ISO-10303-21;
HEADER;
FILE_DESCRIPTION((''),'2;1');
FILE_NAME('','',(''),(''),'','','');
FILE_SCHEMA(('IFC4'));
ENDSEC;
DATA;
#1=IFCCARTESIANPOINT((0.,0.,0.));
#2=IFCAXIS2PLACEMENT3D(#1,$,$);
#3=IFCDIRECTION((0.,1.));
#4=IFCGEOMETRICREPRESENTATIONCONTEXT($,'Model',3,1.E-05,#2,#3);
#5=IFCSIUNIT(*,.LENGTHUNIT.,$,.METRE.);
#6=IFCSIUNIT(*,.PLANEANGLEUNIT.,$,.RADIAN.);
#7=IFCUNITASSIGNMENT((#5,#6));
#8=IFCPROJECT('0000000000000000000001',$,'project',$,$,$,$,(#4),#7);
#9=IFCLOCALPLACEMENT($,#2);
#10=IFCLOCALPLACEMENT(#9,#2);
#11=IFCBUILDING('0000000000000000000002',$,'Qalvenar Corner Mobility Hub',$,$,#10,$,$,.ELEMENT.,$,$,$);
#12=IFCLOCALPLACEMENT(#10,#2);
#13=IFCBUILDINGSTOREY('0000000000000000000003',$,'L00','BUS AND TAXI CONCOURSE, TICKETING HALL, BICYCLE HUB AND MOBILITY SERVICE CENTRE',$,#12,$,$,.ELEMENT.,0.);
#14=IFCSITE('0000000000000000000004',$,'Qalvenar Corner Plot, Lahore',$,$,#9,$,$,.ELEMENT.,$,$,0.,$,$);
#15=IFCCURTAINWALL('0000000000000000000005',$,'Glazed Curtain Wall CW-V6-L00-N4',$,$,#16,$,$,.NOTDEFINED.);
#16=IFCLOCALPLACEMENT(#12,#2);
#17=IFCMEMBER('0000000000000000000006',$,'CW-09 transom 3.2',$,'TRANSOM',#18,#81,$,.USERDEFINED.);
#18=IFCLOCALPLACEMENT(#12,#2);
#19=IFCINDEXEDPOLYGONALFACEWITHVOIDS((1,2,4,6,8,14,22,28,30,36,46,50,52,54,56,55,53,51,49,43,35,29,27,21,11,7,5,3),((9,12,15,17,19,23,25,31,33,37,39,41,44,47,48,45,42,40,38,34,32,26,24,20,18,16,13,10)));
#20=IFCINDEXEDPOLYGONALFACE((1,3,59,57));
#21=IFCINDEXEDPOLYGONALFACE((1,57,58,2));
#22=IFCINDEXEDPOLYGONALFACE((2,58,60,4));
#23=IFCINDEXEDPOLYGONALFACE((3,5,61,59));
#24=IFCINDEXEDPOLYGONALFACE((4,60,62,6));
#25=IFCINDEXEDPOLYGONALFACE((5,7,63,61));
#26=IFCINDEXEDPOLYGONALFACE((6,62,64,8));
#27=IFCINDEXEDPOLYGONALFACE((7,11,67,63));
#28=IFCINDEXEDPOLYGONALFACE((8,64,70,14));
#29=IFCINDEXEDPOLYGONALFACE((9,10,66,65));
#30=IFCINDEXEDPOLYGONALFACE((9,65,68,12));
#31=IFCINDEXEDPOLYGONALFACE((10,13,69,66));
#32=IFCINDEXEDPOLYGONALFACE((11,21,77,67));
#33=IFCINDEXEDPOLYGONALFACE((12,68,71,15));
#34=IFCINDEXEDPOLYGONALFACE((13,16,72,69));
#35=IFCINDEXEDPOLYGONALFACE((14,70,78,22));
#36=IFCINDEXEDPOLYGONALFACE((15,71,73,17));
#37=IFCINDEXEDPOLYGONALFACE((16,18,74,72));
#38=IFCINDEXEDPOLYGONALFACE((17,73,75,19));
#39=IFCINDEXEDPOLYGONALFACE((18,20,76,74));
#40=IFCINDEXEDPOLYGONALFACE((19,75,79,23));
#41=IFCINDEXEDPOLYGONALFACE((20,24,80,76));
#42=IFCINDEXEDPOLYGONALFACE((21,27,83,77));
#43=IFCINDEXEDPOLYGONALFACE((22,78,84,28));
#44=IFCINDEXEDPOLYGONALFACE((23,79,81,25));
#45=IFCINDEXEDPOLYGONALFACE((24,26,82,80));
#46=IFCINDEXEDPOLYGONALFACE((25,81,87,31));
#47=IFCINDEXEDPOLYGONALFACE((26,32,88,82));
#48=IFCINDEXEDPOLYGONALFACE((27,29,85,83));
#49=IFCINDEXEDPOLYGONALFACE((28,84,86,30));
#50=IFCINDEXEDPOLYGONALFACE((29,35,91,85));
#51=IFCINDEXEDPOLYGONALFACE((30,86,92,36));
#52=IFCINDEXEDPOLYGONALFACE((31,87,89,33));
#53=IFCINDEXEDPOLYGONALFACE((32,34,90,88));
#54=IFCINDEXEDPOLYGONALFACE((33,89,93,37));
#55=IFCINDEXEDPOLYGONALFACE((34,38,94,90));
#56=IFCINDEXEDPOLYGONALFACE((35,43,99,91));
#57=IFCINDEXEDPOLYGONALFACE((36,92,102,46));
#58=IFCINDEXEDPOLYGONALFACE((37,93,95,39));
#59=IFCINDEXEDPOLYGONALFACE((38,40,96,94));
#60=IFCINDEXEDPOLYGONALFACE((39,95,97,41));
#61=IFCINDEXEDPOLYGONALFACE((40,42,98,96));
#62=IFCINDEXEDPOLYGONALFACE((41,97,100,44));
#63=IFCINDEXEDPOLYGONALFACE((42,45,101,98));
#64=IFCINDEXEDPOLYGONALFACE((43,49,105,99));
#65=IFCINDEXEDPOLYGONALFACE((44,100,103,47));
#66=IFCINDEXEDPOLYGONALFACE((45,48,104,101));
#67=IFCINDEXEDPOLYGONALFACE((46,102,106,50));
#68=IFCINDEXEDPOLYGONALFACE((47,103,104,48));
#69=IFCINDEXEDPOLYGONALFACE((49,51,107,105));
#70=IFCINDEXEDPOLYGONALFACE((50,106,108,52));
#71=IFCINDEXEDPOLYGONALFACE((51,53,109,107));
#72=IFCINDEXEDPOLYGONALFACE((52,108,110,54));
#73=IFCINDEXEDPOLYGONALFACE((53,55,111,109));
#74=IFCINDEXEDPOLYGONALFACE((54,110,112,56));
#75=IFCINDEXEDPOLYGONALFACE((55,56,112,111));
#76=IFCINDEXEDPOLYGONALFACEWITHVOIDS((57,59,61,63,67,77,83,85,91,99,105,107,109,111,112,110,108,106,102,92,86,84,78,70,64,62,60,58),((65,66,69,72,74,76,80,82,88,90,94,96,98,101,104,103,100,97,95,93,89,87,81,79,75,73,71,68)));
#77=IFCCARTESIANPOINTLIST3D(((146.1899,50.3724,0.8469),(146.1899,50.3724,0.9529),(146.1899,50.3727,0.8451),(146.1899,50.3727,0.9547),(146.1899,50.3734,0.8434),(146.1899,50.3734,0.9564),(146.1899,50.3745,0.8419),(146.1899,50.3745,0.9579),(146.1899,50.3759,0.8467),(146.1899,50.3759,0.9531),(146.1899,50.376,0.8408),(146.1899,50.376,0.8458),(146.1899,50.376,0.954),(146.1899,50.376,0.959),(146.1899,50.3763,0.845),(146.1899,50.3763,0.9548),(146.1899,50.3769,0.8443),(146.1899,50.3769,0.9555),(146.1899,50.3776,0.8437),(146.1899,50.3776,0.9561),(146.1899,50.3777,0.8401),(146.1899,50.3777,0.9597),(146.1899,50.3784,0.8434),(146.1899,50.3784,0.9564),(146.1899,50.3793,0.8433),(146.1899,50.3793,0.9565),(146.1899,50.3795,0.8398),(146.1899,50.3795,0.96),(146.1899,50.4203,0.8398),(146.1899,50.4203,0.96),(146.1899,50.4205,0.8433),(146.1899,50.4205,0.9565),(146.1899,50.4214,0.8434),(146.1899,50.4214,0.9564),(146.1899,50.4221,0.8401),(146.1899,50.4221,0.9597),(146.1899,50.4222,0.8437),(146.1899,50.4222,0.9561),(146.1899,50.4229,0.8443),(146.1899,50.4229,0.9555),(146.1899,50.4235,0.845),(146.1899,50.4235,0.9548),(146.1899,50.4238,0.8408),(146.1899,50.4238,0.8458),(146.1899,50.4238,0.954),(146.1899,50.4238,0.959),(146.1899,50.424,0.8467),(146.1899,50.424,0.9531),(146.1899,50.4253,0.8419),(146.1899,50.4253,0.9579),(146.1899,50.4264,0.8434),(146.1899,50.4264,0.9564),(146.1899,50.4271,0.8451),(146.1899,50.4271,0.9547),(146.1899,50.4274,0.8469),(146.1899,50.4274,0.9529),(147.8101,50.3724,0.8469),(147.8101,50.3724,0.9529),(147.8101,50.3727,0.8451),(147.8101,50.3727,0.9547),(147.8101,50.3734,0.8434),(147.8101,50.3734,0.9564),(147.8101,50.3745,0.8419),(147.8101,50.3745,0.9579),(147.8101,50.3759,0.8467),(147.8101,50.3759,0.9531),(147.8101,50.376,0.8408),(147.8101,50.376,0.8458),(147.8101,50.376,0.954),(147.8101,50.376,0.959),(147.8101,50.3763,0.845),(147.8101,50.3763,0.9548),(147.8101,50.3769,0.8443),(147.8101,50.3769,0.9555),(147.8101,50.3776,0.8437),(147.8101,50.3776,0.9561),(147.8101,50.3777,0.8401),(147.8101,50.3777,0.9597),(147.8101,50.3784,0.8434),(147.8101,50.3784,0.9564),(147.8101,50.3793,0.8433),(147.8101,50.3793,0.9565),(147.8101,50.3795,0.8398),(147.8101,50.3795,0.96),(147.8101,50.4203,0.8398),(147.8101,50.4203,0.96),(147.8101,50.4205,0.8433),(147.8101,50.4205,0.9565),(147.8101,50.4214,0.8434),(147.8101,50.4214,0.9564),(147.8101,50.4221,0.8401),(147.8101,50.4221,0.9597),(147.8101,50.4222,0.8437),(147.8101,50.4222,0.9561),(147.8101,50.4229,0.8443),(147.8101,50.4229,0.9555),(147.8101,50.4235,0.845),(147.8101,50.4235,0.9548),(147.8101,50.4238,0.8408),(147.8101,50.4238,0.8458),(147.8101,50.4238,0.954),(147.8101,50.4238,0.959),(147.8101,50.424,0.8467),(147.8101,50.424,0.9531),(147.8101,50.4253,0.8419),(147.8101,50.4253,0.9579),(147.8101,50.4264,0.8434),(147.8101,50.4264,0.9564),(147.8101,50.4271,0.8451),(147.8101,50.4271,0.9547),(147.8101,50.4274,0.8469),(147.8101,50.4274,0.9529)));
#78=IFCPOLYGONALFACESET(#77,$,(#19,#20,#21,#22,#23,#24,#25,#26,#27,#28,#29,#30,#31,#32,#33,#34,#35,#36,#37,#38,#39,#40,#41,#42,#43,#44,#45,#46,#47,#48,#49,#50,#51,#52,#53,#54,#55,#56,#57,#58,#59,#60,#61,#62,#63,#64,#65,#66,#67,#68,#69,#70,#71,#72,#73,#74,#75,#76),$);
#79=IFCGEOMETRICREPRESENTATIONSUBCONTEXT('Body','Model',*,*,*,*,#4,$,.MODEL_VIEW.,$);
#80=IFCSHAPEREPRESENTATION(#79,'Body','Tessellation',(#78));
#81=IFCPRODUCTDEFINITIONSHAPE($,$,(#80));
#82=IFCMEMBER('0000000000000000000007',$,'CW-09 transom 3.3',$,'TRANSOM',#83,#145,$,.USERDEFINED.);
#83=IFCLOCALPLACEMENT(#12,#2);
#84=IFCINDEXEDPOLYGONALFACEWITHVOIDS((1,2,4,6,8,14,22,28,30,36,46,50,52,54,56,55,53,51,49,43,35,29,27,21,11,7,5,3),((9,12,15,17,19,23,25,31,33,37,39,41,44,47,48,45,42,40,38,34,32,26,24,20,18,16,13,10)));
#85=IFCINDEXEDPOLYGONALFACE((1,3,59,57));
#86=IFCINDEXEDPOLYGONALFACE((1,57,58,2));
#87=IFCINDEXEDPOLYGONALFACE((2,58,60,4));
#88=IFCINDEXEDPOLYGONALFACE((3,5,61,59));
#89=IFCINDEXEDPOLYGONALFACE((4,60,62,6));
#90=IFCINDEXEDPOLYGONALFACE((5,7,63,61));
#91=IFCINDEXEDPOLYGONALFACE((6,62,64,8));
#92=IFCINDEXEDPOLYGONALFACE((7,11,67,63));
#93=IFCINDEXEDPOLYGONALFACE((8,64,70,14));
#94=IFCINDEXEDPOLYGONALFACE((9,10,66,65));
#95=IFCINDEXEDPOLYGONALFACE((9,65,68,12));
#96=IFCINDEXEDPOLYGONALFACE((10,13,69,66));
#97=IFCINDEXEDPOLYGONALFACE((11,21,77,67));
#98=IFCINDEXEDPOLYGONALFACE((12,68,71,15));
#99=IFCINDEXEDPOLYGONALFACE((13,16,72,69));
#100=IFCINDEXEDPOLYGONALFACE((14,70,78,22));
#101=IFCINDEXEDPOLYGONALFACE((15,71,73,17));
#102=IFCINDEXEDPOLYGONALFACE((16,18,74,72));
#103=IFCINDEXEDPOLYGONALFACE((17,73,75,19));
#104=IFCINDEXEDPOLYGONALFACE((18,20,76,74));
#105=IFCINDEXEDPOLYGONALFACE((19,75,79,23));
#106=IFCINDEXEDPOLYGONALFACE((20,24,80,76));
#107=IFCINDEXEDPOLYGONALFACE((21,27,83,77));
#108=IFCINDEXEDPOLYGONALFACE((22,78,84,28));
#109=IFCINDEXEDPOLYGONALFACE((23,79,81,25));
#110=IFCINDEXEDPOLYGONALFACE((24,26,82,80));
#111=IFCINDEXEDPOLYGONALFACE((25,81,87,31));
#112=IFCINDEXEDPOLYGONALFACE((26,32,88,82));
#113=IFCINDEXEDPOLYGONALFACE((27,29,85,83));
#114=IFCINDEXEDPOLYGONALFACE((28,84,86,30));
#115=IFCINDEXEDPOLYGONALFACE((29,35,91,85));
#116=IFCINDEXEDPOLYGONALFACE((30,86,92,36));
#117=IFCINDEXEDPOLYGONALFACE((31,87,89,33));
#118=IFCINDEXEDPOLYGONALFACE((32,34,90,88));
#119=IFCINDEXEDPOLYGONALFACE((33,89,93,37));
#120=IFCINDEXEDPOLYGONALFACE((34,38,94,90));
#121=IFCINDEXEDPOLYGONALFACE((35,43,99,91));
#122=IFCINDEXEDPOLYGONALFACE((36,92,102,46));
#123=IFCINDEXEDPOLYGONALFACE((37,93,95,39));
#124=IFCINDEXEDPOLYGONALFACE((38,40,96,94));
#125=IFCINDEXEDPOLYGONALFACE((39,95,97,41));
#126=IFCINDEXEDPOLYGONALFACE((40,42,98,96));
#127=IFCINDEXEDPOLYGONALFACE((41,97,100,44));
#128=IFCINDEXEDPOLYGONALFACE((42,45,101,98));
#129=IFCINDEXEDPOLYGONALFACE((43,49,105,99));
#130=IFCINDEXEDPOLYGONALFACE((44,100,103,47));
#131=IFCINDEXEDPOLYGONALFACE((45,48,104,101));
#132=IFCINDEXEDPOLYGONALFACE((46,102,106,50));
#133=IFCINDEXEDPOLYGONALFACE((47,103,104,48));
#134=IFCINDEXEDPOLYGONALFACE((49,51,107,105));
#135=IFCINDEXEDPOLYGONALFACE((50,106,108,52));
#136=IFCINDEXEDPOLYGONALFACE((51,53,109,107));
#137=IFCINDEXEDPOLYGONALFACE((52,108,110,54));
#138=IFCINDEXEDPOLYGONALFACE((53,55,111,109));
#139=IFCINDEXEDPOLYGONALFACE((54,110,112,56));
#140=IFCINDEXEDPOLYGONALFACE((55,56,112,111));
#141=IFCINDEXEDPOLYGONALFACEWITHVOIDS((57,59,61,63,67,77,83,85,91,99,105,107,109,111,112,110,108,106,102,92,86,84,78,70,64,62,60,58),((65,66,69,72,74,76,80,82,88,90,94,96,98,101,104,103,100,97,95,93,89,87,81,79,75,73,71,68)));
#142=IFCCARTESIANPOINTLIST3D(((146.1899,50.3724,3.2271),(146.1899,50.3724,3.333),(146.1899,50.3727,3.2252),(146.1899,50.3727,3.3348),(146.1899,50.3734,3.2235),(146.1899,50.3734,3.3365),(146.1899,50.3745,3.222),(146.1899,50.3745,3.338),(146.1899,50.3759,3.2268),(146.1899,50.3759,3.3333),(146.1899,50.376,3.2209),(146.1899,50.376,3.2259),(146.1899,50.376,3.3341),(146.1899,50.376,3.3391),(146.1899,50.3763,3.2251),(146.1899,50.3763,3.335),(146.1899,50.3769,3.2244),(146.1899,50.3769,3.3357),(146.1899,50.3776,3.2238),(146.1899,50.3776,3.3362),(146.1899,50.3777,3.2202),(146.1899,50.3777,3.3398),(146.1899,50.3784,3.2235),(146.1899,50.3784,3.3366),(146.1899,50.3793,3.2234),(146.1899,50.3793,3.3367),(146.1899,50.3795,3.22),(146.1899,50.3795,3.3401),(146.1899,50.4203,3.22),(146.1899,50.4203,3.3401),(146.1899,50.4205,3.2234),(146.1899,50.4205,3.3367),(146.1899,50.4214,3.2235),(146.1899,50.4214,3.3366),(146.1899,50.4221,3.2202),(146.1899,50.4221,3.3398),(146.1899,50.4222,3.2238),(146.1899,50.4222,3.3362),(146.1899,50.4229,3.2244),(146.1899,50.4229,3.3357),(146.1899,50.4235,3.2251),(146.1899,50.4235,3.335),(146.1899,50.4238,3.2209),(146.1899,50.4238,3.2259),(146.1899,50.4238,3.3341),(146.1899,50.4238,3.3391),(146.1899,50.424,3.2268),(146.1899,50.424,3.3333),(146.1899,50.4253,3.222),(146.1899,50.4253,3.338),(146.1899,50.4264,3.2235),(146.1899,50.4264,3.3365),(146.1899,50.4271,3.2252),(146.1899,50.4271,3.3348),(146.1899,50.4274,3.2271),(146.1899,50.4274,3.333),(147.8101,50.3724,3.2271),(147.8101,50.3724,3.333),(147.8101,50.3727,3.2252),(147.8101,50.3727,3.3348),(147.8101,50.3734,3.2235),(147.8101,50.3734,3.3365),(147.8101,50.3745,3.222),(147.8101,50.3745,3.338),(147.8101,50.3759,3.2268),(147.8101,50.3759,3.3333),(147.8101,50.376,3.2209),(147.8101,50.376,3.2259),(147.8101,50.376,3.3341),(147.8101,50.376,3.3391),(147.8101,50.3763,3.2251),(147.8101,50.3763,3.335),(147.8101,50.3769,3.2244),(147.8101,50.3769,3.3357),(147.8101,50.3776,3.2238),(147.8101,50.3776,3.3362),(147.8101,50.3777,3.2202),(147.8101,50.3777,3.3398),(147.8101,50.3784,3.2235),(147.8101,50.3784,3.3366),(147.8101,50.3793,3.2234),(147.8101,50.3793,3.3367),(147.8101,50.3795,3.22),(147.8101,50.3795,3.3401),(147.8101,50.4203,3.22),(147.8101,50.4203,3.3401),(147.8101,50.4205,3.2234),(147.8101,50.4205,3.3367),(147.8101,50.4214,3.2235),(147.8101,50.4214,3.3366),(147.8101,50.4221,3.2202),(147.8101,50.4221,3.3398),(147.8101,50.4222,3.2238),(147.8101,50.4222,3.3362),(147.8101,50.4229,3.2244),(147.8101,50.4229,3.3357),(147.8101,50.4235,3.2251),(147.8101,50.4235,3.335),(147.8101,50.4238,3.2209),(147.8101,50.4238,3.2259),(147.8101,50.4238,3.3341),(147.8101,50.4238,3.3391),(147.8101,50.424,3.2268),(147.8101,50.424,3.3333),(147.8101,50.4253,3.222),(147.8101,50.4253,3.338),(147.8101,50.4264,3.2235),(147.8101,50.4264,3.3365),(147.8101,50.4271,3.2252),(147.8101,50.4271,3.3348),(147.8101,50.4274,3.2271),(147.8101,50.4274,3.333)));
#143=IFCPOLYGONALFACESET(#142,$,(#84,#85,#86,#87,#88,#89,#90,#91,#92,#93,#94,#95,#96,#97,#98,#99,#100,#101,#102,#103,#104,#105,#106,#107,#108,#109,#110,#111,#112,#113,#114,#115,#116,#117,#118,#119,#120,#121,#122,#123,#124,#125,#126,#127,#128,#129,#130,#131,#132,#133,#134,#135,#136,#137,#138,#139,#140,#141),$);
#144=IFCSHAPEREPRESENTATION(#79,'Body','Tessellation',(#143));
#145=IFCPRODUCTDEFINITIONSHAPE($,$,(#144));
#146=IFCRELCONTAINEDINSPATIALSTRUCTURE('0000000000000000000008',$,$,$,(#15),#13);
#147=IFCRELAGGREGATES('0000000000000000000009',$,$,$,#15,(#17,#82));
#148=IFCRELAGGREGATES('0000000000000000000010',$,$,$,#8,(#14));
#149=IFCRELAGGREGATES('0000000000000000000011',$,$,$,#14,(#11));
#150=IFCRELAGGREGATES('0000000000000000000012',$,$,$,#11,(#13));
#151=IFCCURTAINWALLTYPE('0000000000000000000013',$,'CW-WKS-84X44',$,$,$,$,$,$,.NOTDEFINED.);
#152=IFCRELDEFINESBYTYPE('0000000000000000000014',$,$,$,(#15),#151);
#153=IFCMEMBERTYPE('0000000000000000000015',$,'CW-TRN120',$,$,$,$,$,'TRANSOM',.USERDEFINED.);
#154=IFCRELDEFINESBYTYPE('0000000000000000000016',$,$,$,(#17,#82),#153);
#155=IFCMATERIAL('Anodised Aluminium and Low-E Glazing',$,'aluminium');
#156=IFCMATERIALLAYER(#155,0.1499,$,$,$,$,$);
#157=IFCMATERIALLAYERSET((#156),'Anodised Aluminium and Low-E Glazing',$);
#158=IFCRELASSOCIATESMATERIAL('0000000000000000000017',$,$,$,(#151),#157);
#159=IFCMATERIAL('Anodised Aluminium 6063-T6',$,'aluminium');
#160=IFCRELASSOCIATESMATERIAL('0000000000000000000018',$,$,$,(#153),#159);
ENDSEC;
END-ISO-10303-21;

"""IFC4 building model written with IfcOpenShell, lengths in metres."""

from ifc_helpers import new_model, si_unit, direction, frame, origin, origin_2d, place, context, subcontext, project, spatial, hollow_rectangle, extrude, material, layer, layer_set, material_profile, profile_set, type_object, element, aggregate, save


model = new_model("IFC4")

# Units and contexts
model_context = context("Model", 3, precision=1e-05, world=origin(), true_north=direction((0.0, 1.0)))
body_context = subcontext(model_context, "Body", "Model", "MODEL_VIEW")
ifc_project = project(units=[si_unit("LENGTHUNIT", "METRE"), si_unit("PLANEANGLEUNIT", "RADIAN")], contexts=[model_context])

# Site, building, storey
site_placement = place(None, origin())
site = spatial("IfcSite", under=ifc_project, at=site_placement, Name="Qalvenar Corner Plot, Lahore", CompositionType="ELEMENT", RefElevation=0.0)
building_placement = place(site_placement, origin())
building = spatial("IfcBuilding", under=site, at=building_placement, Name="Qalvenar Corner Mobility Hub", CompositionType="ELEMENT")
storey_placement = place(building_placement, origin())
storey = spatial("IfcBuildingStorey", under=building, at=storey_placement, Name="L00", Description="BUS AND TAXI CONCOURSE, TICKETING HALL, BICYCLE HUB AND MOBILITY SERVICE CENTRE", CompositionType="ELEMENT", Elevation=0.0)

# Curtain wall, members
ifc_material_1 = material(Name="Anodised Aluminium and Low-E Glazing", Category="aluminium")
ifc_layer_1 = layer(ifc_material_1, 0.1499)
ifc_layer_set_1 = layer_set([ifc_layer_1], Name="Anodised Aluminium and Low-E Glazing")
curtain_wall_type = type_object("IfcCurtainWallType", Name="CW-WKS-84X44", PredefinedType="NOTDEFINED", material=ifc_layer_set_1)
curtain_wall_placement = place(storey_placement, origin())
curtain_wall = element("IfcCurtainWall", 1, at=curtain_wall_placement, inside=storey, type_object=curtain_wall_type, Name="Glazed Curtain Wall CW-V6-L00-N4", PredefinedType="NOTDEFINED")
ifc_material_2 = material(Name="Anodised Aluminium 6063-T6", Category="aluminium")
ifc_material_profile_1 = material_profile(ifc_material_2, hollow_rectangle(XDim=0.0549, YDim=0.1201, WallThickness=0.0034, InnerFilletRadius=0.0034, OuterFilletRadius=0.0071, at=origin_2d()), Name="RHS120x55x3.5")
ifc_profile_set_1 = profile_set([ifc_material_profile_1], Name="Anodised Aluminium 6063-T6")
member_type_1 = type_object("IfcMemberType", Name="CW-TRN120", ElementType="TRANSOM", PredefinedType="USERDEFINED", material=ifc_profile_set_1)
member_1_placement = place(storey_placement, frame((147.8101, 50.3999, 0.8999), z_axis=(-1.0, 0.0, 0.0), x_axis=(0.0, -1.0, 0.0)))
member_1 = element("IfcMember", 2, at=member_1_placement, type_object=member_type_1, Name="CW-09 transom 3.2", ObjectType="TRANSOM", PredefinedType="USERDEFINED", context=body_context, shape_type="SweptSolid", body=[
    extrude(hollow_rectangle(XDim=0.0549, YDim=0.1201, WallThickness=0.0034, InnerFilletRadius=0.0034, OuterFilletRadius=0.0071, at=origin_2d()), origin(), (0.0, 0.0, 1.0), 1.6201),
])
member_2_placement = place(storey_placement, frame((147.8101, 50.3999, 3.28), z_axis=(-1.0, 0.0, 0.0), x_axis=(0.0, -1.0, 0.0)))
member_2 = element("IfcMember", 3, at=member_2_placement, type_object=member_type_1, Name="CW-09 transom 3.3", ObjectType="TRANSOM", PredefinedType="USERDEFINED", context=body_context, shape_type="SweptSolid", body=[
    extrude(hollow_rectangle(XDim=0.0549, YDim=0.1201, WallThickness=0.0034, InnerFilletRadius=0.0034, OuterFilletRadius=0.0071, at=origin_2d()), origin(), (0.0, 0.0, 1.0), 1.6201),
])
aggregate(curtain_wall, [member_1, member_2])

save(model, "model.ifc")
